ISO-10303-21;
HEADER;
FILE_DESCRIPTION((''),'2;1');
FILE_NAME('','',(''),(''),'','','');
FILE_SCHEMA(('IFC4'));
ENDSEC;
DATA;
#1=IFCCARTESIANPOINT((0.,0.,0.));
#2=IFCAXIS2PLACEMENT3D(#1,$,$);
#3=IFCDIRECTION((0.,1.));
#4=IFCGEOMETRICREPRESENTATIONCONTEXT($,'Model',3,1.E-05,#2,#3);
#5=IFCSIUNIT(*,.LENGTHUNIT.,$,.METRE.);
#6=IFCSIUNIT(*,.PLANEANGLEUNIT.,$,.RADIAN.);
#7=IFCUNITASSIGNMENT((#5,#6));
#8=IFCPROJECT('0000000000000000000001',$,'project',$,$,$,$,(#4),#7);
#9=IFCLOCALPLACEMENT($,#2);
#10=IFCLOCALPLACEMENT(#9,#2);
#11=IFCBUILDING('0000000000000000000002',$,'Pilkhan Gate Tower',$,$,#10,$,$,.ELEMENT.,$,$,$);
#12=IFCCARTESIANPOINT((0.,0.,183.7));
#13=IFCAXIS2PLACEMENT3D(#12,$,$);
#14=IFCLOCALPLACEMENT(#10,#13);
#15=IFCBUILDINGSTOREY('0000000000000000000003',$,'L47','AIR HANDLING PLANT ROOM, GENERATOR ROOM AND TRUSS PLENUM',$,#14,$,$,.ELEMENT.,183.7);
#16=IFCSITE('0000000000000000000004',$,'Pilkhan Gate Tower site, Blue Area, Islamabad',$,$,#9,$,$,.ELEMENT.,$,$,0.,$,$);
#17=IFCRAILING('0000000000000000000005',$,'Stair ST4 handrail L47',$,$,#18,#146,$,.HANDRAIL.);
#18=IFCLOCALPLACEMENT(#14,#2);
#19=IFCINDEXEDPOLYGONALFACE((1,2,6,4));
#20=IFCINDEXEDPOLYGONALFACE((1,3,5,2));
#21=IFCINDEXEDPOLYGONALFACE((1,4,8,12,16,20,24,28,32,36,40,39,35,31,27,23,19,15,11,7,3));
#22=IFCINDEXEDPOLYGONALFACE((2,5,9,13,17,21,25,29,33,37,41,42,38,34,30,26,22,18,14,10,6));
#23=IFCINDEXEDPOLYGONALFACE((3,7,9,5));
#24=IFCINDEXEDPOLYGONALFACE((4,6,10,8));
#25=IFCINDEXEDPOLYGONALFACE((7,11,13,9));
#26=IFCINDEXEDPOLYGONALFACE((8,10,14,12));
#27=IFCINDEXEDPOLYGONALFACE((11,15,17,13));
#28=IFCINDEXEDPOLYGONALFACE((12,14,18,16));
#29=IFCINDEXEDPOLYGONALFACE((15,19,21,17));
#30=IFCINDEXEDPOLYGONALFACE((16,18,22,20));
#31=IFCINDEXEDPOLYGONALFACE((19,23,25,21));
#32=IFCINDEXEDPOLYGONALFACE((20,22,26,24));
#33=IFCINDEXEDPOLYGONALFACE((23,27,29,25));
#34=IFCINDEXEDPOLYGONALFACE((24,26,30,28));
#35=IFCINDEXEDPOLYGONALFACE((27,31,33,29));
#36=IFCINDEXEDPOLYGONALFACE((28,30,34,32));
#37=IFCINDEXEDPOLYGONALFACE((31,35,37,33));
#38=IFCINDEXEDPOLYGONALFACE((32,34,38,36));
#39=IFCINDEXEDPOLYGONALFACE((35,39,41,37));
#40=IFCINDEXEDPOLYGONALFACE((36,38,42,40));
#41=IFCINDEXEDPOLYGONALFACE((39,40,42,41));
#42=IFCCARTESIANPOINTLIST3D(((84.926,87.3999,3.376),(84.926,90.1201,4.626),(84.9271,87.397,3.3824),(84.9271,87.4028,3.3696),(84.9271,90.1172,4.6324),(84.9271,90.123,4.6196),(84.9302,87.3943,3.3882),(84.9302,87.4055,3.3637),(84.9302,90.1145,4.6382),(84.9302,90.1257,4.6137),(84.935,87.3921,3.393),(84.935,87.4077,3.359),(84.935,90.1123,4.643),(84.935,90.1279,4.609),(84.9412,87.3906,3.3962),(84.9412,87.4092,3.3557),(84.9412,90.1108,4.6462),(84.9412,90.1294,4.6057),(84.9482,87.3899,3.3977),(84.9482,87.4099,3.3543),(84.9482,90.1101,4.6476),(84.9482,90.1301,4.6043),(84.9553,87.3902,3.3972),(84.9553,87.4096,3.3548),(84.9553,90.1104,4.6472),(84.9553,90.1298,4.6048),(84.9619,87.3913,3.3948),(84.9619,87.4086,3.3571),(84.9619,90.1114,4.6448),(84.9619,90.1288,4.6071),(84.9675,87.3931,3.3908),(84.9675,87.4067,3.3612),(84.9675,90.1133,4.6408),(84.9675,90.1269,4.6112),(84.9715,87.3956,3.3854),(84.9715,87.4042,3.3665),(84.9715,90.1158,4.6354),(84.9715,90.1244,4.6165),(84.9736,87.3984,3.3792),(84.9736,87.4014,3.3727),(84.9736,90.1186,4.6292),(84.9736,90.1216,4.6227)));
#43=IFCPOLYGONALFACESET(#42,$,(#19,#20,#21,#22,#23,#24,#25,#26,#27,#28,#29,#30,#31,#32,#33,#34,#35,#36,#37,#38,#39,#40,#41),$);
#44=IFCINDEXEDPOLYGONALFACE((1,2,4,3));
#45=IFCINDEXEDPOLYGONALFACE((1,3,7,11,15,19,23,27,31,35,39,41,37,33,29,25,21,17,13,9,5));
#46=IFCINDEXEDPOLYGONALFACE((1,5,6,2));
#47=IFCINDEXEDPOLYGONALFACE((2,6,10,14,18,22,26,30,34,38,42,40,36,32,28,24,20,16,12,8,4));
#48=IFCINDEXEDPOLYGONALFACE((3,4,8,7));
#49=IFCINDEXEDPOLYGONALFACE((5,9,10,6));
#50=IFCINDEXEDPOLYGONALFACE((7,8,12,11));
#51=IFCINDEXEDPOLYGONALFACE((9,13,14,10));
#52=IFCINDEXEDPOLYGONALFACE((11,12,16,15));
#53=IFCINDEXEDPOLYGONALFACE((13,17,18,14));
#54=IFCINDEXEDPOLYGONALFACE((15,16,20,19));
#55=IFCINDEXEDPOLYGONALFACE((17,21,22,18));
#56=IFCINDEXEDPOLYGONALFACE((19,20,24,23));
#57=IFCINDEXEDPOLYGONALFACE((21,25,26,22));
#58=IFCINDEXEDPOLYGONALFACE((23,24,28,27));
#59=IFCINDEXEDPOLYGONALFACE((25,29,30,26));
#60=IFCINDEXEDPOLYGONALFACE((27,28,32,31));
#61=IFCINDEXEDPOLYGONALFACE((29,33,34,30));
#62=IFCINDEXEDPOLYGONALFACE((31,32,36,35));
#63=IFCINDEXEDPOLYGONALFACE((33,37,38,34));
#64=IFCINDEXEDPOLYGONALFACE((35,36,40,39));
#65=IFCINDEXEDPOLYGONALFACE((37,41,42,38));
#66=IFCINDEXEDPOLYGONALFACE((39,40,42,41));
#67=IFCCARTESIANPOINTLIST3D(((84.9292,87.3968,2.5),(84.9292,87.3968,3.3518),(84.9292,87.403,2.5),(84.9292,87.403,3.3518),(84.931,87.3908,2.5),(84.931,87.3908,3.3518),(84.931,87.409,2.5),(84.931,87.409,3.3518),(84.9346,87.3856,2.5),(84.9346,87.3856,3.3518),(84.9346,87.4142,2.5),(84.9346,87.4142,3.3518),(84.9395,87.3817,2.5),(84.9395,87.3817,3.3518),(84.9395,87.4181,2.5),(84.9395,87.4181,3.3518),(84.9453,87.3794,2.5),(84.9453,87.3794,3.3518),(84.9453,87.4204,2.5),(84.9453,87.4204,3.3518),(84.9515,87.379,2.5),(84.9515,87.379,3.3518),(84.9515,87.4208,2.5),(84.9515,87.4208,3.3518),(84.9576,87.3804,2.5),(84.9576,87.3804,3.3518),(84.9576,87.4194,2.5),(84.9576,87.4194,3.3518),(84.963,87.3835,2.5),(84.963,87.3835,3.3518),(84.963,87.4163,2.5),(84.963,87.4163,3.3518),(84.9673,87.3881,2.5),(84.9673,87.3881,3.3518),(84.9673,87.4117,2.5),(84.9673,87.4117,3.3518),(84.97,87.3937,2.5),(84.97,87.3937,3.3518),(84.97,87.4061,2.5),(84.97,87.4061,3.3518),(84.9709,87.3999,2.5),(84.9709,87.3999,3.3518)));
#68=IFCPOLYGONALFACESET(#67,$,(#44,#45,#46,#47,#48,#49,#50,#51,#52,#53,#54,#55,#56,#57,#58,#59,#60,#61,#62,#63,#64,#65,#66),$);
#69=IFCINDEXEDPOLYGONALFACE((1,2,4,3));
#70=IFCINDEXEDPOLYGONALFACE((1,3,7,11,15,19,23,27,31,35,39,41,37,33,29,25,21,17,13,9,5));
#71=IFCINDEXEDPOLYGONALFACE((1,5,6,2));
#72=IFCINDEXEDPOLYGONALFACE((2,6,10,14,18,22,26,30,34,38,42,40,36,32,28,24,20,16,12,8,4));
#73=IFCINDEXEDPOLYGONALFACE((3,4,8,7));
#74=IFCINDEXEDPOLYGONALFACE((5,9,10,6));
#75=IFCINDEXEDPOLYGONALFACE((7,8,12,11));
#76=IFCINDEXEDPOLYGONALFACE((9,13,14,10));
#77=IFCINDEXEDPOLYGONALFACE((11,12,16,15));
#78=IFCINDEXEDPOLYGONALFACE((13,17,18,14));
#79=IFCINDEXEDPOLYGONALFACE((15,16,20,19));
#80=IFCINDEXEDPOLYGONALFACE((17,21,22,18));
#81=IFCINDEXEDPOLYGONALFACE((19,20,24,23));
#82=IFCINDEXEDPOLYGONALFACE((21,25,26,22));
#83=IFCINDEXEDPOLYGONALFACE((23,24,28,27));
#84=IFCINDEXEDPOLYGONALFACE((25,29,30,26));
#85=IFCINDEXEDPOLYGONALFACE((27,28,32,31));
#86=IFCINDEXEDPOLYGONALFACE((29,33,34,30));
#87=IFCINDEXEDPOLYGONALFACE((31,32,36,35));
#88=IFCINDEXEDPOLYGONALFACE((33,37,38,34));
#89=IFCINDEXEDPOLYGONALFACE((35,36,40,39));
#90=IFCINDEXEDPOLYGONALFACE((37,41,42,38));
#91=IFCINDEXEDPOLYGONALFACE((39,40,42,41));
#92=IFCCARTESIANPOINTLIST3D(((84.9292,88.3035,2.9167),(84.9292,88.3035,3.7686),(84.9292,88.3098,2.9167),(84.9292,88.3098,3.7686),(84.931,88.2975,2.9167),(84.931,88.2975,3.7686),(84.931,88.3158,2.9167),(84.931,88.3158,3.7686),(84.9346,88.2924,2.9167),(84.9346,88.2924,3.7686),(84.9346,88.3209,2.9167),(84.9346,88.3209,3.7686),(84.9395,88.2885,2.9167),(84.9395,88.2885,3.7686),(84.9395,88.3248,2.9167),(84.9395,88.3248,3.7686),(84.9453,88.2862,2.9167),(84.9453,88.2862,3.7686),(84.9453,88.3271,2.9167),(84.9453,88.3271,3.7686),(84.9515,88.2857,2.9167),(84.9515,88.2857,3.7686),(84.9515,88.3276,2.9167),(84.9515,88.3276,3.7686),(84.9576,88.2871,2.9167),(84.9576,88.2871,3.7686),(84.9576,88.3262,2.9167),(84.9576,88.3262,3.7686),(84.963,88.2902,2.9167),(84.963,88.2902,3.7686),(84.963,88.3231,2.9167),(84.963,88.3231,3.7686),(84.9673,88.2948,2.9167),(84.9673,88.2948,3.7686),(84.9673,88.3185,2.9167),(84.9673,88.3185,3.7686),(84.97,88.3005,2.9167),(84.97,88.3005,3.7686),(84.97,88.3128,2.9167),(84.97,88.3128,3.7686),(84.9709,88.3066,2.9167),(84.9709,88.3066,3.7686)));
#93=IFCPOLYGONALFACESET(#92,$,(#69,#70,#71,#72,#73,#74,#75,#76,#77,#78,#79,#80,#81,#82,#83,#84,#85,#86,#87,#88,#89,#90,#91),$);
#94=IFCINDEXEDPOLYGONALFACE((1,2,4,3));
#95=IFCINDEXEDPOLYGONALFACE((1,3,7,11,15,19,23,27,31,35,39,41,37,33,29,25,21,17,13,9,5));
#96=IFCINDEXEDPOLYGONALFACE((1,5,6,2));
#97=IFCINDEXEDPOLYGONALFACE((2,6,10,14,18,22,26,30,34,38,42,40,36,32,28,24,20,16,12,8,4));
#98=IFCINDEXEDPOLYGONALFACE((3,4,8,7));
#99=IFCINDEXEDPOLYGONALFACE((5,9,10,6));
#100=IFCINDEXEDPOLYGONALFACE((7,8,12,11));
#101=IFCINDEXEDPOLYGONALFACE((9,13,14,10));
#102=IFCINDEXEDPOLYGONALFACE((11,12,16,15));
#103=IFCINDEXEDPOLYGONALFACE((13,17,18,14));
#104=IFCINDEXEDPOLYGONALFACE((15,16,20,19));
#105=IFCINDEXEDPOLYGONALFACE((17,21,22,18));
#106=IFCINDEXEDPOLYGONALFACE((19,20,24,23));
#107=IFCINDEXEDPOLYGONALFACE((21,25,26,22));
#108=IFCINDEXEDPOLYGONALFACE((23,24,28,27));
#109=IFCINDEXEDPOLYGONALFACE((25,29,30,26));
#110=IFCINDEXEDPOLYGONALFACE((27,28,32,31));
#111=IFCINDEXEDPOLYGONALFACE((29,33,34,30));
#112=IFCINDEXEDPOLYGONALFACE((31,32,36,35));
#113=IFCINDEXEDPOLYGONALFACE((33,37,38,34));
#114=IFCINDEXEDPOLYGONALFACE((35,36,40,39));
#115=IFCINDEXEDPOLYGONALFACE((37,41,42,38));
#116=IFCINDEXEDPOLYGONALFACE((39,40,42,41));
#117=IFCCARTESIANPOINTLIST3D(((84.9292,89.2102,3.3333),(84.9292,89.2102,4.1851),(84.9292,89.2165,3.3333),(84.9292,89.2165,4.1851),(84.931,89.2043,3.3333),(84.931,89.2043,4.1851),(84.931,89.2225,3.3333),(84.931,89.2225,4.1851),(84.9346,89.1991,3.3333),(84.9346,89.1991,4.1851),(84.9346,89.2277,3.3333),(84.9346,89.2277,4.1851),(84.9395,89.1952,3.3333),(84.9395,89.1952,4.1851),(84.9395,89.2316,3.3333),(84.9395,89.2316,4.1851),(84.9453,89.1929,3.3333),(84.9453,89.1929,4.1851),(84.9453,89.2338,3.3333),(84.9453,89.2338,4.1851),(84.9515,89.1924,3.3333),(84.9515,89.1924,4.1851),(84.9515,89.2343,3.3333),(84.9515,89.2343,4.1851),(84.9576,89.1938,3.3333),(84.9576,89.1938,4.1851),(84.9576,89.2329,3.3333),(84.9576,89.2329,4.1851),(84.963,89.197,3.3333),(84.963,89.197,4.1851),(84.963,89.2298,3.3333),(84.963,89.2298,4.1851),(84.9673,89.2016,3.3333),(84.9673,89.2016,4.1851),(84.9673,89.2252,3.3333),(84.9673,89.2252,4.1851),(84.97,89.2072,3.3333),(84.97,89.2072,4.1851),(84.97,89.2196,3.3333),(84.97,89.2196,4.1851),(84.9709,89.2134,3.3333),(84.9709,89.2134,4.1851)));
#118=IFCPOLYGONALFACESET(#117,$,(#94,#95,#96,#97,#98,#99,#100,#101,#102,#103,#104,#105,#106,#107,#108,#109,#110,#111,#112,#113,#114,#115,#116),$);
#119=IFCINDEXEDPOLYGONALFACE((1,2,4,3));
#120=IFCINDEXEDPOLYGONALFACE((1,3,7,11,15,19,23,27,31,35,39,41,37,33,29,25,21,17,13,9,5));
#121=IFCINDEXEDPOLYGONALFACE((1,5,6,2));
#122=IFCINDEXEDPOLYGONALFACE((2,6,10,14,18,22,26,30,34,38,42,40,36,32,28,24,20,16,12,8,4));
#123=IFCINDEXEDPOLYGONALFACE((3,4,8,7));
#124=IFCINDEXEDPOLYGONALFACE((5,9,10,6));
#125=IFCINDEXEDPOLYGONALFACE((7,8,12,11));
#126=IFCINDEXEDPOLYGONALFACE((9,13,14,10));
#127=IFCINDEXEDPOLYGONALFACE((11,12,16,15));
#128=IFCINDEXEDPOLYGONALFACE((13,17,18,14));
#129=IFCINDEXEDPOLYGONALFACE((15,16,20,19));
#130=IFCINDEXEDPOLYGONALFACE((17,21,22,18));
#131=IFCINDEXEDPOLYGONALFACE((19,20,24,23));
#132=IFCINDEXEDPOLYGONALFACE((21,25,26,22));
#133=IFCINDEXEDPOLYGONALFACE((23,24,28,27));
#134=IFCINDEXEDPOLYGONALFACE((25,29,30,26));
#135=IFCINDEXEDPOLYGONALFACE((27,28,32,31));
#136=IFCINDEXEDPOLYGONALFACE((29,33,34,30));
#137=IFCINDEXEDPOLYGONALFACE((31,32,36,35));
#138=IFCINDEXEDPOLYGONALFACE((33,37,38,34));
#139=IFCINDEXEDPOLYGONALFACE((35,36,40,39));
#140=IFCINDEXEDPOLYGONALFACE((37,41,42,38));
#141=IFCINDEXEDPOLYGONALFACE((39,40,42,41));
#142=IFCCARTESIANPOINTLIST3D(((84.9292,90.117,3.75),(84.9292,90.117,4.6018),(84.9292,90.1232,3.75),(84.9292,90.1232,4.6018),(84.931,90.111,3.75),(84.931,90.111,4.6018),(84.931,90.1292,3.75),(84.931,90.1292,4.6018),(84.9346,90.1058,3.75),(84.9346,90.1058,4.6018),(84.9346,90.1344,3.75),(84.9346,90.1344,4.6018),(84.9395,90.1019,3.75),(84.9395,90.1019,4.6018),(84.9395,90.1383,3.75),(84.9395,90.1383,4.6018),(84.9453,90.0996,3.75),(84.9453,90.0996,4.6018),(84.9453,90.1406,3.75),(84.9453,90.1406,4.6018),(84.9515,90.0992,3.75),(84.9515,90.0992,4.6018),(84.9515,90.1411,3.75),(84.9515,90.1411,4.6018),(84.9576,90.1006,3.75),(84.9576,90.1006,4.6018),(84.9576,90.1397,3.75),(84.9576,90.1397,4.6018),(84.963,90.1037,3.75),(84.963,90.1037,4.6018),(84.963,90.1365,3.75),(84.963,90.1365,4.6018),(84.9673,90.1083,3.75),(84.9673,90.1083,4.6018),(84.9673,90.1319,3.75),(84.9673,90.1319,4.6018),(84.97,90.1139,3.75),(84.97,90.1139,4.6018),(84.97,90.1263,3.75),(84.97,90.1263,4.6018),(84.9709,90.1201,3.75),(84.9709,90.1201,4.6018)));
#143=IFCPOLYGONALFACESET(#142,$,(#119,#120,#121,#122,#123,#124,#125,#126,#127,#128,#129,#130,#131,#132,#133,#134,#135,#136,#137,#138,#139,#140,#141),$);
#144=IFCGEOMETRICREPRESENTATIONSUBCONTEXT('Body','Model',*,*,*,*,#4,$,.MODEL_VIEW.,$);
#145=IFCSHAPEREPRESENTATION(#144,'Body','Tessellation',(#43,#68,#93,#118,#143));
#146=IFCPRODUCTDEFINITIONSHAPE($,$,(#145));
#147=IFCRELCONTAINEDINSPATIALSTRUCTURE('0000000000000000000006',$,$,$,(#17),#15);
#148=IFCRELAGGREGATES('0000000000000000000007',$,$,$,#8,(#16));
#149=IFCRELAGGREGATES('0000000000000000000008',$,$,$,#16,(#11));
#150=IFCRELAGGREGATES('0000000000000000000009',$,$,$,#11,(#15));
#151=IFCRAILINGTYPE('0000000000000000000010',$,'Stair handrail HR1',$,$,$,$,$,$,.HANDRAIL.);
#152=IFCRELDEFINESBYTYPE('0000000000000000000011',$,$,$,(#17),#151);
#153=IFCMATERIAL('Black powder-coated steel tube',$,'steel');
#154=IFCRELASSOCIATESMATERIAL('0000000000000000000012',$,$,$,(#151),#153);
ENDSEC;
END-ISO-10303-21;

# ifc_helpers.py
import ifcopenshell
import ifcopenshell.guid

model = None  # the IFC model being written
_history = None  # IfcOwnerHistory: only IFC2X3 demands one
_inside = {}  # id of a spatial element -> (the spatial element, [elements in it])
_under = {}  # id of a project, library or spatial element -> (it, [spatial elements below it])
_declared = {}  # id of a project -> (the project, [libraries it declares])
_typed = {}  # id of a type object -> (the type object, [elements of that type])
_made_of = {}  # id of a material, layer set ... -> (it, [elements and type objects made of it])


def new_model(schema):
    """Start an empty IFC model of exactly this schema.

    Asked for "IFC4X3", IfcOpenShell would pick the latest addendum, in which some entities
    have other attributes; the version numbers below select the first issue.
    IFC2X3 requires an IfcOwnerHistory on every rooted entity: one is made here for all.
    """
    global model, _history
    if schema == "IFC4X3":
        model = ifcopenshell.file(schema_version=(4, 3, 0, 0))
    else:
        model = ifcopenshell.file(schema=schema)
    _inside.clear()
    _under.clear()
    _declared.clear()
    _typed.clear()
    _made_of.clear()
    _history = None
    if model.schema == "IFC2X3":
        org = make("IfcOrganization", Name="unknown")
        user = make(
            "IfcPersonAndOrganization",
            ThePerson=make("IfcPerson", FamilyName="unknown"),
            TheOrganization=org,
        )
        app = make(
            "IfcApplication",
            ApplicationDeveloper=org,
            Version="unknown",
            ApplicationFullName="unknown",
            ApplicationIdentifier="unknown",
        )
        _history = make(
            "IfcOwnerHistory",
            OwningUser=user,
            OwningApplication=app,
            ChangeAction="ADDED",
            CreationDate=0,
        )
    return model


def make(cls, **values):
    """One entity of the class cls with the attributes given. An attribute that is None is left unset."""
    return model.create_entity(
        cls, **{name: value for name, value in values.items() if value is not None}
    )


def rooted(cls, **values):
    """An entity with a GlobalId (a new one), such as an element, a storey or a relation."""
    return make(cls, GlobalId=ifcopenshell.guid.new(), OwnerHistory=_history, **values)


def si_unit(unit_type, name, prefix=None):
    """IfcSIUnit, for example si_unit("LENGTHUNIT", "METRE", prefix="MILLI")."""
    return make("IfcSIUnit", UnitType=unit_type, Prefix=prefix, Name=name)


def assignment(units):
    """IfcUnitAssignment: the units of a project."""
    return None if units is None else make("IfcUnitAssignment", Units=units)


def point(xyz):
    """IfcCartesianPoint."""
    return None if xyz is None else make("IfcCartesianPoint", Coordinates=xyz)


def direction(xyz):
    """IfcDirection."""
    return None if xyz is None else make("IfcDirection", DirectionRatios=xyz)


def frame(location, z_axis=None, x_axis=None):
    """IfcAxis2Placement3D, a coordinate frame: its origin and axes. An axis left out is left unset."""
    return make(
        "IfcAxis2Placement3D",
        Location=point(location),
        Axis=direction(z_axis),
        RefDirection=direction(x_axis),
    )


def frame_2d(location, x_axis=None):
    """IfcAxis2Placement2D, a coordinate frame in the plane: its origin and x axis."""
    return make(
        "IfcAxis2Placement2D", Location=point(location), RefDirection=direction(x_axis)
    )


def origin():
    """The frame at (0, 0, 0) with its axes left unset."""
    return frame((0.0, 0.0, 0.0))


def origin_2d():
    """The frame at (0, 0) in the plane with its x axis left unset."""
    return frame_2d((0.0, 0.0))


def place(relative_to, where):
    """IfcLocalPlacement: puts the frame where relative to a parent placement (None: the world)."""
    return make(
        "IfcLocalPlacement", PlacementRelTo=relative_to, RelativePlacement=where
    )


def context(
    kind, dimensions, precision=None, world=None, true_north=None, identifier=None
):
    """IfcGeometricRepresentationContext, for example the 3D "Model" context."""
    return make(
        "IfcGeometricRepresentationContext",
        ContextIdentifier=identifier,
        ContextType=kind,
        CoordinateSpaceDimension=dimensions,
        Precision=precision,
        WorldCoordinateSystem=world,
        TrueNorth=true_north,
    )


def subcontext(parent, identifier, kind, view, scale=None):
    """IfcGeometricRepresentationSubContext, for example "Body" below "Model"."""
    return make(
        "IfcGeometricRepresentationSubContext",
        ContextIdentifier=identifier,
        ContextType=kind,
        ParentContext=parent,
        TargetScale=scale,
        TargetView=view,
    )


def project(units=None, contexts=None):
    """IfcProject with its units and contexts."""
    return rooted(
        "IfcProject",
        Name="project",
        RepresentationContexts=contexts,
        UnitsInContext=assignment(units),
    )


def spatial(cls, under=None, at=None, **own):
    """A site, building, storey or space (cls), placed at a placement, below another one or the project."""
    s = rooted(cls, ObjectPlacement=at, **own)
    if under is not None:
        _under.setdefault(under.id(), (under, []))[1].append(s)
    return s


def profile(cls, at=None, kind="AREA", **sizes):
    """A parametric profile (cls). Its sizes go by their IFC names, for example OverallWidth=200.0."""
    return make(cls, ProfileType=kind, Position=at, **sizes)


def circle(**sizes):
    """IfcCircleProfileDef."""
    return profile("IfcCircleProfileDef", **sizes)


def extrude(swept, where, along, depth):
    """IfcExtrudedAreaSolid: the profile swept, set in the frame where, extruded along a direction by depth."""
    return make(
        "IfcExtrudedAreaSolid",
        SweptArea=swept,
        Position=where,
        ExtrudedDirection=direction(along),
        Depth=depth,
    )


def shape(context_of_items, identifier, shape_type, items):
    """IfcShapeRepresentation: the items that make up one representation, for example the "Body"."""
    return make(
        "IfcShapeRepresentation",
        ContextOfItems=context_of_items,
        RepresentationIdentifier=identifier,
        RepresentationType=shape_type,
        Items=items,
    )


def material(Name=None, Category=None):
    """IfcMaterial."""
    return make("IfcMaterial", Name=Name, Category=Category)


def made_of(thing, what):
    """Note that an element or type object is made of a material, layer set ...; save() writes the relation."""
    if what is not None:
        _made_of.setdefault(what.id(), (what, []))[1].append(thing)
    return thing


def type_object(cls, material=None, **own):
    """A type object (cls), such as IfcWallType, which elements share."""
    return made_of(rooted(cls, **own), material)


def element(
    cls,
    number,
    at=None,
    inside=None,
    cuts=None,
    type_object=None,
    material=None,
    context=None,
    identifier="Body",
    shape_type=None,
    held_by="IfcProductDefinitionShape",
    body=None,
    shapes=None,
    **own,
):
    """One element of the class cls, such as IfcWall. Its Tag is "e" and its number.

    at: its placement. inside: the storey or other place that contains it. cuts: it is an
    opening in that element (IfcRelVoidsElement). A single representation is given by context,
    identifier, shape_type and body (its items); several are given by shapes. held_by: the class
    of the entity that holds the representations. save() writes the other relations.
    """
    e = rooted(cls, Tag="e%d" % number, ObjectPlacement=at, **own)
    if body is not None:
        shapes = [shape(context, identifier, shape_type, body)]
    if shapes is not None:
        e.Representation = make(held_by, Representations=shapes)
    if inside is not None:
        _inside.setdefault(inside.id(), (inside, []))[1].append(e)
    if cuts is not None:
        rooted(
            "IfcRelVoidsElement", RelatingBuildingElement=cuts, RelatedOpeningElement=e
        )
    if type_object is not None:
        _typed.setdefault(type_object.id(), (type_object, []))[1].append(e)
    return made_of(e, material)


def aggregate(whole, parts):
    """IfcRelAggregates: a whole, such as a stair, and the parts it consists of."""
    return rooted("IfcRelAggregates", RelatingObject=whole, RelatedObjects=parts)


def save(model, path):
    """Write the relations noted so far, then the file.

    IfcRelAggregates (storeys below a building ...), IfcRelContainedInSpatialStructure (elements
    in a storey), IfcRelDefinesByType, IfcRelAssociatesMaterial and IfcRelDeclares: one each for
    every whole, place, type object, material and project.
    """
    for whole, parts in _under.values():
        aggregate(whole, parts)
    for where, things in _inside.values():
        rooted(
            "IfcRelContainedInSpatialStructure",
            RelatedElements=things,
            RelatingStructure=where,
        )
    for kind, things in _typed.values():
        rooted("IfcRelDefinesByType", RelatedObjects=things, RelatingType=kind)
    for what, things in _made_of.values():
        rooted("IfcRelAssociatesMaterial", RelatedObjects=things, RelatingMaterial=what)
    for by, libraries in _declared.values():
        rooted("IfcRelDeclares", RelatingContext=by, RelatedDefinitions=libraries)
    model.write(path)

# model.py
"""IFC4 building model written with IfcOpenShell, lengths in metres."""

from ifc_helpers import new_model, si_unit, direction, frame, origin, origin_2d, place, context, subcontext, project, spatial, circle, extrude, material, type_object, element, save


model = new_model("IFC4")

# Units and contexts
model_context = context("Model", 3, precision=1e-05, world=origin(), true_north=direction((0.0, 1.0)))
body_context = subcontext(model_context, "Body", "Model", "MODEL_VIEW")
ifc_project = project(units=[si_unit("LENGTHUNIT", "METRE"), si_unit("PLANEANGLEUNIT", "RADIAN")], contexts=[model_context])

# Site, building, storey
site_placement = place(None, origin())
site = spatial("IfcSite", under=ifc_project, at=site_placement, Name="Pilkhan Gate Tower site, Blue Area, Islamabad", CompositionType="ELEMENT", RefElevation=0.0)
building_placement = place(site_placement, origin())
building = spatial("IfcBuilding", under=site, at=building_placement, Name="Pilkhan Gate Tower", CompositionType="ELEMENT")
storey_placement = place(building_placement, frame((0.0, 0.0, 183.7)))
storey = spatial("IfcBuildingStorey", under=building, at=storey_placement, Name="L47", Description="AIR HANDLING PLANT ROOM, GENERATOR ROOM AND TRUSS PLENUM", CompositionType="ELEMENT", Elevation=183.7)

# Railing
ifc_material_1 = material(Name="Black powder-coated steel tube", Category="steel")
railing_type_1 = type_object("IfcRailingType", Name="Stair handrail HR1", PredefinedType="HANDRAIL", material=ifc_material_1)
for number, where, name in (
    (1, (84.95, 87.3999, 2.5), "Stair ST4 handrail L47"),
):
    element("IfcRailing", number, at=place(storey_placement, frame(where)), inside=storey, type_object=railing_type_1, Name=name, PredefinedType="HANDRAIL", context=body_context, shape_type="SweptSolid", body=[
        extrude(circle(Radius=0.0239, at=origin_2d()), frame((0.0, 0.0, 0.876), z_axis=(0.0, 0.908655, 0.417547), x_axis=(-1.0, 0.0, 0.0)), (0.0, 0.0, 1.0), 2.9937),
        extrude(circle(Radius=0.021, at=origin_2d()), origin(), (0.0, 0.0, 1.0), 0.8518),
        extrude(circle(Radius=0.021, at=origin_2d()), frame((0.0, 0.9067, 0.4167)), (0.0, 0.0, 1.0), 0.8518),
        extrude(circle(Radius=0.021, at=origin_2d()), frame((0.0, 1.8135, 0.8333)), (0.0, 0.0, 1.0), 0.8518),
        extrude(circle(Radius=0.021, at=origin_2d()), frame((0.0, 2.7202, 1.25)), (0.0, 0.0, 1.0), 0.8518),
    ])

save(model, "model.ifc")
